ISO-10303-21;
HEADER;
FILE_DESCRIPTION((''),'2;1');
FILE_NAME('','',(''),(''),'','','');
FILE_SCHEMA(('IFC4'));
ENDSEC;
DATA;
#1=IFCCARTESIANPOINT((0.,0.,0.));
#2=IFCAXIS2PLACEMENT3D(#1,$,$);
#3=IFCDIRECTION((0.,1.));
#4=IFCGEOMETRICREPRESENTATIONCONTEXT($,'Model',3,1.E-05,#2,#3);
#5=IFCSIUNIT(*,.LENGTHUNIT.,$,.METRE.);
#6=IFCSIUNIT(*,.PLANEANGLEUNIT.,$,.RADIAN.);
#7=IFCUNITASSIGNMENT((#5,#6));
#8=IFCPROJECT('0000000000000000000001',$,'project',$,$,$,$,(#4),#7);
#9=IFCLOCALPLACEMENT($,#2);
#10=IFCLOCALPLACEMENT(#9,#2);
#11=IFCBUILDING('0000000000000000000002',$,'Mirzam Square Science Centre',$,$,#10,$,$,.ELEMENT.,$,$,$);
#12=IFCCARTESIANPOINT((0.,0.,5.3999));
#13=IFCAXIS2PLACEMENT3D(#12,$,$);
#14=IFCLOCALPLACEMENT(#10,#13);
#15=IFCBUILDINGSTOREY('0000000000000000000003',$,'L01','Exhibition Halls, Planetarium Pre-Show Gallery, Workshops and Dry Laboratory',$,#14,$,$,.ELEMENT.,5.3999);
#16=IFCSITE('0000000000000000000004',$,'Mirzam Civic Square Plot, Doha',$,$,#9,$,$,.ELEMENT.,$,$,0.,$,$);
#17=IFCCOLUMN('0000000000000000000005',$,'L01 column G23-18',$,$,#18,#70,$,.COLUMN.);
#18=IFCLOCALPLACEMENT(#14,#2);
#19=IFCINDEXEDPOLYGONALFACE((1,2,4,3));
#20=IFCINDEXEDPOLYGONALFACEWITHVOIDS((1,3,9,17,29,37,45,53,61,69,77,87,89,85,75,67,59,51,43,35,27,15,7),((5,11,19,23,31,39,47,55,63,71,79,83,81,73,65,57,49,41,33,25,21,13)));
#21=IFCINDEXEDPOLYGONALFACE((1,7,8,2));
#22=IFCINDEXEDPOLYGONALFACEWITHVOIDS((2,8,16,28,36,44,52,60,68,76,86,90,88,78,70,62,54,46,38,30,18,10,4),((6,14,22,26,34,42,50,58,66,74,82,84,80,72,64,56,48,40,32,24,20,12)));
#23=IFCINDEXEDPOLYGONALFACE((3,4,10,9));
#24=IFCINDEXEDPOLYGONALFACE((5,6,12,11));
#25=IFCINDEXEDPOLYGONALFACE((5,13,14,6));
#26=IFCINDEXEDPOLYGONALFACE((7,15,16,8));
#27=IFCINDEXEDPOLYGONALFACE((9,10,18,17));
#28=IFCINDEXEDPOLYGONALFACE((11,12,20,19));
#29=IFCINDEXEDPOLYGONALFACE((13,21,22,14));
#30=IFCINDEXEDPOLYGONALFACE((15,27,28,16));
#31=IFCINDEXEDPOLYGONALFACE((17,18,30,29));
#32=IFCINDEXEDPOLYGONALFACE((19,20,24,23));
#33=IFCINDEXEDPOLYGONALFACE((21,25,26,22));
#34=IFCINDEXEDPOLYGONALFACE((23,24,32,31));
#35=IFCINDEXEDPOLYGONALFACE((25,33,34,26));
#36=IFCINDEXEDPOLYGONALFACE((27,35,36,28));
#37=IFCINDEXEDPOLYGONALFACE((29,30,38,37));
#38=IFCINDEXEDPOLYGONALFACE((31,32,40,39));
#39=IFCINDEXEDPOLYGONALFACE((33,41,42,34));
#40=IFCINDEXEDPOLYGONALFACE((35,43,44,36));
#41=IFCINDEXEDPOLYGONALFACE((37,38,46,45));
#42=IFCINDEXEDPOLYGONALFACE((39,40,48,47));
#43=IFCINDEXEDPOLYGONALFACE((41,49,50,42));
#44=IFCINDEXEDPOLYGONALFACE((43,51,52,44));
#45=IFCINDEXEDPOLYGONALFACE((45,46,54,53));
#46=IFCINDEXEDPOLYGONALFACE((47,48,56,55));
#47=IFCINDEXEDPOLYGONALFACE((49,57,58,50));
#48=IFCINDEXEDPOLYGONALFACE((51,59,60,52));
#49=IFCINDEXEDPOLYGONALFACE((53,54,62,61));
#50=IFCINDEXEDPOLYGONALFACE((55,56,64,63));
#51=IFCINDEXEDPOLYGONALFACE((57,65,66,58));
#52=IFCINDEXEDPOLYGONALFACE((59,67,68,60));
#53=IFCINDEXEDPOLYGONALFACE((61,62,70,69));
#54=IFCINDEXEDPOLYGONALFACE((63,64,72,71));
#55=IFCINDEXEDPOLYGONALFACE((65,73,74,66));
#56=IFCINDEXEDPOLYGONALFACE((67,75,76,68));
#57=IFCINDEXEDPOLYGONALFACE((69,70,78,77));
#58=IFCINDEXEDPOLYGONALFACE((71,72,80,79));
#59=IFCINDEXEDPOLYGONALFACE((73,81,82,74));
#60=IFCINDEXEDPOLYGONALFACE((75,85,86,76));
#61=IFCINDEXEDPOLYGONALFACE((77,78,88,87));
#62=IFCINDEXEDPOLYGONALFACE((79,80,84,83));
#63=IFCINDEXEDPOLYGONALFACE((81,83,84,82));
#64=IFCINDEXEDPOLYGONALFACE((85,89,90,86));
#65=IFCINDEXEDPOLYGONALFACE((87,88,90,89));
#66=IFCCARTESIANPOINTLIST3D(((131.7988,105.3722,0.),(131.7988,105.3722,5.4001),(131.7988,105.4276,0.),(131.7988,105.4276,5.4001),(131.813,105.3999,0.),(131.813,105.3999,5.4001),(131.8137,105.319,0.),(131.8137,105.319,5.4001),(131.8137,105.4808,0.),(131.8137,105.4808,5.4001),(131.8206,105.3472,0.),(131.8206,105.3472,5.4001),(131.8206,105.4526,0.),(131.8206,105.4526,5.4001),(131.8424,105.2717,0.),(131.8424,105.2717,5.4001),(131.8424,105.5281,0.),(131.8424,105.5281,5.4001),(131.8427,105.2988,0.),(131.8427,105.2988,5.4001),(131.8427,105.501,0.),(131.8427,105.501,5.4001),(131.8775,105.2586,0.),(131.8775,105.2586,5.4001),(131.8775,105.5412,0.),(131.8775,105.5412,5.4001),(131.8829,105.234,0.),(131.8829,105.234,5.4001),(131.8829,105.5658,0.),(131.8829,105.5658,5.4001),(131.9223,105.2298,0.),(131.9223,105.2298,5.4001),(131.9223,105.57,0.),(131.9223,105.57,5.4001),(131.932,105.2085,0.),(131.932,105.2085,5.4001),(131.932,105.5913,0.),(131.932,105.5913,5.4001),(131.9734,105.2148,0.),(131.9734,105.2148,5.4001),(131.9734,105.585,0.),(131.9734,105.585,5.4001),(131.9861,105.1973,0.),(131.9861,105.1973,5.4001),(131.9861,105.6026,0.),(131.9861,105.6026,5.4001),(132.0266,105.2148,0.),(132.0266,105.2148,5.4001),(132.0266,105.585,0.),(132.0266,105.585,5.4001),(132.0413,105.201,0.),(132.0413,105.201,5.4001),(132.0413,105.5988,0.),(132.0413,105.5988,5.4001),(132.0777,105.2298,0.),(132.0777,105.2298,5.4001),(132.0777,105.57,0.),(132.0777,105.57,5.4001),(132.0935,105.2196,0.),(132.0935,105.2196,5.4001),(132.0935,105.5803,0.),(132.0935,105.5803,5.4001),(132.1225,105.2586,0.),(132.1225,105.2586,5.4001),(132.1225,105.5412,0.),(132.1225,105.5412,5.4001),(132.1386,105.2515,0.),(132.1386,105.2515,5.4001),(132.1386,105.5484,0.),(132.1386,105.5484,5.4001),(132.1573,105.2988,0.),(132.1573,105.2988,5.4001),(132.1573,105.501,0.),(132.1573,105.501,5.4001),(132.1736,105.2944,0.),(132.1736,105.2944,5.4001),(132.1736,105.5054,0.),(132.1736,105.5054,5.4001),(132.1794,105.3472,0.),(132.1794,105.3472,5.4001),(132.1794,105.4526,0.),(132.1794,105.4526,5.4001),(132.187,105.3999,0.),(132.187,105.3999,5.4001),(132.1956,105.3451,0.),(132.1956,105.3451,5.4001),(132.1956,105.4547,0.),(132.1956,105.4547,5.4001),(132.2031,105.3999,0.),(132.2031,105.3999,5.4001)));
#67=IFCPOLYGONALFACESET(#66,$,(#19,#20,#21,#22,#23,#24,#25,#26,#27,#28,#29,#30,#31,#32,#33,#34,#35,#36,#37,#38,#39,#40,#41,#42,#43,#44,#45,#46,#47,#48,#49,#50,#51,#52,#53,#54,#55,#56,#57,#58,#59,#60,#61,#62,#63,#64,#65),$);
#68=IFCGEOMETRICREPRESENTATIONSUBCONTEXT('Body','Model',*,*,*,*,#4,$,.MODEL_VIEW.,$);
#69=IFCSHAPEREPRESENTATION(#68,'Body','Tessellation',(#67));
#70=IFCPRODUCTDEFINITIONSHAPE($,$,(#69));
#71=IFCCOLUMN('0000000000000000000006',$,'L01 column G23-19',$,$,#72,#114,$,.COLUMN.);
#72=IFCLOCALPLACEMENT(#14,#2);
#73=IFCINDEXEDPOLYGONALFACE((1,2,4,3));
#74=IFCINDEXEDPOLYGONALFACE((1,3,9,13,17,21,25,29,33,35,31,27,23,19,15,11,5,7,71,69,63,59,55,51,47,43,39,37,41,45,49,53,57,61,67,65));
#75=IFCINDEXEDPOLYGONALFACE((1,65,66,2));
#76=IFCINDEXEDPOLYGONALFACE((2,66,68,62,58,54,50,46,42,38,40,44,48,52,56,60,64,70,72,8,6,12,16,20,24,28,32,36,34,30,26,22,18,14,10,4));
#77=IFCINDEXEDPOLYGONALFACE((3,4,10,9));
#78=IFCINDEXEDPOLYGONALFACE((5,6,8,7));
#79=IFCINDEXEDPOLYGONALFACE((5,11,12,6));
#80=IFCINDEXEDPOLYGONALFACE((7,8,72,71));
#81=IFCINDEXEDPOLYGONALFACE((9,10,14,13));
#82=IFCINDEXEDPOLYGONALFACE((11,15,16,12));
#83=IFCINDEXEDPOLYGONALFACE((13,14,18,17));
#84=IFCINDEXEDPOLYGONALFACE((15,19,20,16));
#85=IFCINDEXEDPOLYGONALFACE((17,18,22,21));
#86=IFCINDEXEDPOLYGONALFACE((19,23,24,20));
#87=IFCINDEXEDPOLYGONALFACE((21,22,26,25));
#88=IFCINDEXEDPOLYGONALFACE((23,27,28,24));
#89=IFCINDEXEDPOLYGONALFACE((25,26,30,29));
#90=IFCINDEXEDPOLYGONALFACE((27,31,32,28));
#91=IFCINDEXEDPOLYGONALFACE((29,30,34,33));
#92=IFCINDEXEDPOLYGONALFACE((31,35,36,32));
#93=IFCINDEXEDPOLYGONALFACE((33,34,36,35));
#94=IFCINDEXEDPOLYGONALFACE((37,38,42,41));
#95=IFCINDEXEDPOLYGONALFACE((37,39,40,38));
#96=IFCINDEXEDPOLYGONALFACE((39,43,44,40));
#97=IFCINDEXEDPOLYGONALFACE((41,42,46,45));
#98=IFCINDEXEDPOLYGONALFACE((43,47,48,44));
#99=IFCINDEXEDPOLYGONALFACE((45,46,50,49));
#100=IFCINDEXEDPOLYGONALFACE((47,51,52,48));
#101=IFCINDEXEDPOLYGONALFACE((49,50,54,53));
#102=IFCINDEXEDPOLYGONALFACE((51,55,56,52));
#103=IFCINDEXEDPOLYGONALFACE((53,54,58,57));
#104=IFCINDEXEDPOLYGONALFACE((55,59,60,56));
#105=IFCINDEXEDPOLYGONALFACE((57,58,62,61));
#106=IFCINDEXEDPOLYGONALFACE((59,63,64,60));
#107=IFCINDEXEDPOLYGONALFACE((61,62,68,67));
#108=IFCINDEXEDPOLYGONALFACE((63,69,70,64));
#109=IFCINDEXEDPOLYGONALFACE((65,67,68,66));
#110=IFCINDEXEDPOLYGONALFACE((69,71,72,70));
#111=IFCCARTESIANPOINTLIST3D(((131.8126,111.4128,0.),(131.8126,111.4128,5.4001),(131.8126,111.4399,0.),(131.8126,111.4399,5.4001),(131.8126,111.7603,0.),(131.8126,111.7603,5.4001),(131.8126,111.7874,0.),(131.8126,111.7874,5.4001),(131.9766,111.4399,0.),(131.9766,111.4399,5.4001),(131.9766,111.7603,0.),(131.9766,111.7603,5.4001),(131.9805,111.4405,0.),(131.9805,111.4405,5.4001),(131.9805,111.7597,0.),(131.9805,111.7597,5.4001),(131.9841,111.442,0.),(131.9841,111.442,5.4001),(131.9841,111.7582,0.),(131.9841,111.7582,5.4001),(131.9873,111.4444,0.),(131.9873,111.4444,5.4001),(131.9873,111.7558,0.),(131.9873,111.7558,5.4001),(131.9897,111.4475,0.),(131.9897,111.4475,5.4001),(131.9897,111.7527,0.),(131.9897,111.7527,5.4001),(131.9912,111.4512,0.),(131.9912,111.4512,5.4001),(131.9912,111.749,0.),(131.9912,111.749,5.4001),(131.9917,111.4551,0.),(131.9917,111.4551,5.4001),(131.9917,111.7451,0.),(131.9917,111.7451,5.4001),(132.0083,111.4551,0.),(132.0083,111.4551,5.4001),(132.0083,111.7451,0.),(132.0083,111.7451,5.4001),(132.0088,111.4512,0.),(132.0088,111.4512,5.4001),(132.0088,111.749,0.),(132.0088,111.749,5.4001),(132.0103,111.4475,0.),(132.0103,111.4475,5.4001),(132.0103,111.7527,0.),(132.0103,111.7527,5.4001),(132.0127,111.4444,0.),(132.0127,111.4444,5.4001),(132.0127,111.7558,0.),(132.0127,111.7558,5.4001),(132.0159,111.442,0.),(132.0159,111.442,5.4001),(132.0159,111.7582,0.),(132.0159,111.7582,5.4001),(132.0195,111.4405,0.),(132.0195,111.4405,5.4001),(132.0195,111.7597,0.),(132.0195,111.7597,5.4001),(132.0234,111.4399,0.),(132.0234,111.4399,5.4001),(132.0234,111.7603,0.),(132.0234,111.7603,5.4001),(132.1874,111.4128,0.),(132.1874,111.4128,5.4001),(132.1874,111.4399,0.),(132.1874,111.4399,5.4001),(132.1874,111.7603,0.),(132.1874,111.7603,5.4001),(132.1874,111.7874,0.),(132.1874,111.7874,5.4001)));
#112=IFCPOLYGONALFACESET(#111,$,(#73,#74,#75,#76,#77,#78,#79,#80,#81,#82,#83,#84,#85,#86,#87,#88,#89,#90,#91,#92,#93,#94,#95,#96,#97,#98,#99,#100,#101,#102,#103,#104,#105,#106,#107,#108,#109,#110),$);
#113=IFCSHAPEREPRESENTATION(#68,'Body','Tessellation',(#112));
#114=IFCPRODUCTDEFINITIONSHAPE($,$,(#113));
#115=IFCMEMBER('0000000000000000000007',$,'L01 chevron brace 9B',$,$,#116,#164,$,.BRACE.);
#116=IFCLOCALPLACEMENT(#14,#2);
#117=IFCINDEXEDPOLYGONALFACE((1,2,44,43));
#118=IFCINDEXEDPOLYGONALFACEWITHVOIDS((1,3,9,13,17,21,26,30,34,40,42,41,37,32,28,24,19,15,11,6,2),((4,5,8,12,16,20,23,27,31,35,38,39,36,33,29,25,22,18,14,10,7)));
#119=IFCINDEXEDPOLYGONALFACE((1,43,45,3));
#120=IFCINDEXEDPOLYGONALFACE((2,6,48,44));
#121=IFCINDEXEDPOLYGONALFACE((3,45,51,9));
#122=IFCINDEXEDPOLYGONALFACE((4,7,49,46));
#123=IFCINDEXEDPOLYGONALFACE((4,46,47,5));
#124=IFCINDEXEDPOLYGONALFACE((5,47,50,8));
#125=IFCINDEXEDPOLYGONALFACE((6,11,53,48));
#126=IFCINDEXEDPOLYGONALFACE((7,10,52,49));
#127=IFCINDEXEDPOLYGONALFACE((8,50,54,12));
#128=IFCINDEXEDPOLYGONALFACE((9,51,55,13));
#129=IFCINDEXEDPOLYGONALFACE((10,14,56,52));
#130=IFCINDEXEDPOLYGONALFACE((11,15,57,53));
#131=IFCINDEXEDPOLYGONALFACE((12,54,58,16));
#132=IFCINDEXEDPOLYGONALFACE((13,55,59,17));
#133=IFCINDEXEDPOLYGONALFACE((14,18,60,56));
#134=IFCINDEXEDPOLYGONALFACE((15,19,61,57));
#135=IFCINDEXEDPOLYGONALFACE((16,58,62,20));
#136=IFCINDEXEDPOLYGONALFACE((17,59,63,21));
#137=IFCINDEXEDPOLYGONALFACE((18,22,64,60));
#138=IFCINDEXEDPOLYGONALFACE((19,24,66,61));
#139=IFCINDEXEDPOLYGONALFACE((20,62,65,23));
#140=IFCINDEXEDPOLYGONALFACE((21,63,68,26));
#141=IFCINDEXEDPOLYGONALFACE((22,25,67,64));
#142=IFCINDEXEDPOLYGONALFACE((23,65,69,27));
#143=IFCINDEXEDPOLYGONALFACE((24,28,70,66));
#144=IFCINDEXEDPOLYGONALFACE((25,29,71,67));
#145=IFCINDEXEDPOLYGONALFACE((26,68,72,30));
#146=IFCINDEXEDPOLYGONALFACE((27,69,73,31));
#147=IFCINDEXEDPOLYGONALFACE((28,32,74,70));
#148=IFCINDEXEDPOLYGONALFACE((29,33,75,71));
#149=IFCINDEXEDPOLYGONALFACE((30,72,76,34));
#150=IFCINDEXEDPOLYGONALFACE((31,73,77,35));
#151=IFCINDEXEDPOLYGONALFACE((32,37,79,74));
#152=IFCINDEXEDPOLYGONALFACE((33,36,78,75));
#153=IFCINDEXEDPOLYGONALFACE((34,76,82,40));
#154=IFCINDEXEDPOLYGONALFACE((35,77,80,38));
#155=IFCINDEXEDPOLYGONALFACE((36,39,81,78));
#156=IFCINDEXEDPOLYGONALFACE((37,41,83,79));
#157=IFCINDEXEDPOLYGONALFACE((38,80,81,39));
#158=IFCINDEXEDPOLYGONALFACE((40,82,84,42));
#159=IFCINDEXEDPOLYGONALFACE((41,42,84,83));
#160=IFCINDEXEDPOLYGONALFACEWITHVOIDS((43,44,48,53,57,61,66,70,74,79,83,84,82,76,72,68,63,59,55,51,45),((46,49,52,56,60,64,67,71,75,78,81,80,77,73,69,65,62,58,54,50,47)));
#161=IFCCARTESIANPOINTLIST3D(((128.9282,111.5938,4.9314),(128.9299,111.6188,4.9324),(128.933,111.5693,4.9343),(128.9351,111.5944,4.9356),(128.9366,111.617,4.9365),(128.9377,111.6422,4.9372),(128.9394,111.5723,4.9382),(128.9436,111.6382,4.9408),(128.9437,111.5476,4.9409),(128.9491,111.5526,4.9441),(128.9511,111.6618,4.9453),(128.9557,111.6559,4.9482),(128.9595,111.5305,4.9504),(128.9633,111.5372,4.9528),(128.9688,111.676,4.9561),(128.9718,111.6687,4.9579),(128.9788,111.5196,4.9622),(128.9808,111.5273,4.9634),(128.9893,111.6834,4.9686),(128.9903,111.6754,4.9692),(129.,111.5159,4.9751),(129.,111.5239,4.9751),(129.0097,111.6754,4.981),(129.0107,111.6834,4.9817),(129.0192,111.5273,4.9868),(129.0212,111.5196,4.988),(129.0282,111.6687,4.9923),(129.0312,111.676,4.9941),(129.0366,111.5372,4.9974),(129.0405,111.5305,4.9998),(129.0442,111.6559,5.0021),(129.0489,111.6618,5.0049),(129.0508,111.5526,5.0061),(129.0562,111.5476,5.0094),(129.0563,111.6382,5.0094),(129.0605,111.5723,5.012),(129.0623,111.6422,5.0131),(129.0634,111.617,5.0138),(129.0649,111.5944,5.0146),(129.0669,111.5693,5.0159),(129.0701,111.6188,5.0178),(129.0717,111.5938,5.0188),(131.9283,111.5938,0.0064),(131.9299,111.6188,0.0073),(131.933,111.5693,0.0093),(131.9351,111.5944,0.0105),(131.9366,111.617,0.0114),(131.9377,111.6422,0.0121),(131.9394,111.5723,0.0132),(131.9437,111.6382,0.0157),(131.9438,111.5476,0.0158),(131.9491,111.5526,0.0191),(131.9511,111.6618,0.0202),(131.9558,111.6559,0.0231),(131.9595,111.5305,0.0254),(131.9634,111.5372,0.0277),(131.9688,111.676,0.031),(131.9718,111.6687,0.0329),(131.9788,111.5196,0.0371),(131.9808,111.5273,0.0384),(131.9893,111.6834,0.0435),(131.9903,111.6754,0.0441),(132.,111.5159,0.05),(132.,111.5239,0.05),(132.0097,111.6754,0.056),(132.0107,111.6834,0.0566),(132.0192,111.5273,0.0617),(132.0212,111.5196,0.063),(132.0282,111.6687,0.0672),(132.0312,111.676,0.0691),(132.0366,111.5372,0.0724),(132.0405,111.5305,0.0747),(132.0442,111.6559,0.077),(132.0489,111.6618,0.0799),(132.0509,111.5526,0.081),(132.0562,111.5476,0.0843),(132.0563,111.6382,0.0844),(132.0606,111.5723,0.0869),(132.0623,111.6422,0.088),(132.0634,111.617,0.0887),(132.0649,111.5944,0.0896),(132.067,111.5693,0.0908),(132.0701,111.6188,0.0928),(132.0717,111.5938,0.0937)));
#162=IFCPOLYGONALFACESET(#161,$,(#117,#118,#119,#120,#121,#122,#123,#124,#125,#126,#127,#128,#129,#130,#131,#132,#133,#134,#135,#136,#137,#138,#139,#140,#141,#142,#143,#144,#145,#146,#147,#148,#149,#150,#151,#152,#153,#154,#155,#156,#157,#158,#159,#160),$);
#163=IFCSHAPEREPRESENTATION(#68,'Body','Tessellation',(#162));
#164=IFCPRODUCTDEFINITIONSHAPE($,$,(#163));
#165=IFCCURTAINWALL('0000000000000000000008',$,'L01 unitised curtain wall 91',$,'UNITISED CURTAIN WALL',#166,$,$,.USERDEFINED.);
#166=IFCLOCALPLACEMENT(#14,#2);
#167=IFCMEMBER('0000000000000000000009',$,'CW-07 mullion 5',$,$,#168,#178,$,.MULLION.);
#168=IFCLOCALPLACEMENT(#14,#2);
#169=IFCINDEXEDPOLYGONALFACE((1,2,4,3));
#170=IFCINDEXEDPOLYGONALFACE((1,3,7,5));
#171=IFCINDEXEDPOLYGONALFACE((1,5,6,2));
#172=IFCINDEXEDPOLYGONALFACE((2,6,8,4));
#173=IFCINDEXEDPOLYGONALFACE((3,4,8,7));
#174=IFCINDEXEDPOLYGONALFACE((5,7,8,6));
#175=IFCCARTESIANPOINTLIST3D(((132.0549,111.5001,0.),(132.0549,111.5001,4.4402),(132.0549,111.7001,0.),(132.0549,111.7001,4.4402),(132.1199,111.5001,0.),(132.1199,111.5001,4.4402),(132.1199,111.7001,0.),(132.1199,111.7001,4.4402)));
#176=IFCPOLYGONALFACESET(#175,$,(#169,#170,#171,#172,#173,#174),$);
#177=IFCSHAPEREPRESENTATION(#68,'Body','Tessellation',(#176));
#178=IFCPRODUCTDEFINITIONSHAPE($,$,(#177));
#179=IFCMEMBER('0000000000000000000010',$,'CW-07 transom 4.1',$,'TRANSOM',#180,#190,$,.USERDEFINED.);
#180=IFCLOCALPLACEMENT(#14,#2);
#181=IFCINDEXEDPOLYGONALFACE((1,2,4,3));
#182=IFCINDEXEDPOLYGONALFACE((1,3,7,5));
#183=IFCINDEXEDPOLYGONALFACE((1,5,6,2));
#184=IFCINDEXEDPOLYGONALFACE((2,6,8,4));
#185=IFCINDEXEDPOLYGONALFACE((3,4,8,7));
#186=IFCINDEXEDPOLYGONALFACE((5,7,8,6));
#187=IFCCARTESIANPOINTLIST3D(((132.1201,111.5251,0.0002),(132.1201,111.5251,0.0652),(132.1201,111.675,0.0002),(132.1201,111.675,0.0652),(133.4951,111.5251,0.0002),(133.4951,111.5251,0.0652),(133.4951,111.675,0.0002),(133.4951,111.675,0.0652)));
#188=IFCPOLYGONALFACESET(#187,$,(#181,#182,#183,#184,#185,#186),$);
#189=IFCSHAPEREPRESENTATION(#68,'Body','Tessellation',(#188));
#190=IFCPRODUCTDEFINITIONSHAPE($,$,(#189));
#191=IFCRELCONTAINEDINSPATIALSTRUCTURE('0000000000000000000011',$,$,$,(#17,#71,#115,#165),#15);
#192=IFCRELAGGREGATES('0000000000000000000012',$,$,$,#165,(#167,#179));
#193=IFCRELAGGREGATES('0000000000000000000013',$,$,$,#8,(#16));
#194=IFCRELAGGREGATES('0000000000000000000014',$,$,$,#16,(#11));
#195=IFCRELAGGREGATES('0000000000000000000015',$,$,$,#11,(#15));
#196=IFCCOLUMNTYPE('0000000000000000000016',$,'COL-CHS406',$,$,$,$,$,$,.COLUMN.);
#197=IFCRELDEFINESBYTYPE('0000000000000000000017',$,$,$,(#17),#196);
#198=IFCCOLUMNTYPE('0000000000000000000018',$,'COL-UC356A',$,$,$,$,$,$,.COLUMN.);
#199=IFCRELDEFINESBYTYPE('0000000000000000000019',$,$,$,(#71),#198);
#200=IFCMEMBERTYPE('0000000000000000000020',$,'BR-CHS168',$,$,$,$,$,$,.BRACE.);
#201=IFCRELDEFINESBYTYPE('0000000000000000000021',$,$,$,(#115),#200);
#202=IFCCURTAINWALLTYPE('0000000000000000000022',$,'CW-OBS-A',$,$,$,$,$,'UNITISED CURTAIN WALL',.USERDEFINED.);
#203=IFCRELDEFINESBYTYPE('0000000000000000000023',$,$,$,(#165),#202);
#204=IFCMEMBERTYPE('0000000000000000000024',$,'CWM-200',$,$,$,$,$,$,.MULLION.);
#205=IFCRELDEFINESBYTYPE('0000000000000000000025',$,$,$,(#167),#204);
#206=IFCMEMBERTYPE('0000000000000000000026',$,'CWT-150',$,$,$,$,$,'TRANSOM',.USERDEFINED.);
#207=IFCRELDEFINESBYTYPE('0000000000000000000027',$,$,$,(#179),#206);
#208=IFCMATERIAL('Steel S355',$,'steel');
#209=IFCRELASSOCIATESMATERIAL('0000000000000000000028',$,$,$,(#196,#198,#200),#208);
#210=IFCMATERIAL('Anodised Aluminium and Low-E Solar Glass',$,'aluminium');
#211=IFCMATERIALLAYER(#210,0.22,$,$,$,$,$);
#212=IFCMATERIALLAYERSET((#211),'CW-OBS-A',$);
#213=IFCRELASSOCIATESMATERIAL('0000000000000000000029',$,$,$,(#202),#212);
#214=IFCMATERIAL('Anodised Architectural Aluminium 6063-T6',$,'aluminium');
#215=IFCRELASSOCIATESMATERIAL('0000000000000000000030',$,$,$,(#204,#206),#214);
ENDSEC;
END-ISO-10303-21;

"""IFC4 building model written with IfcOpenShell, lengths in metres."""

from ifc_helpers import new_model, si_unit, direction, frame, origin, origin_2d, place, context, subcontext, project, spatial, rectangle, hollow_circle, i_section, extrude, material, layer, layer_set, material_profile, profile_set, type_object, element, aggregate, save


model = new_model("IFC4")

# Units and contexts
model_context = context("Model", 3, precision=1e-05, world=origin(), true_north=direction((0.0, 1.0)))
body_context = subcontext(model_context, "Body", "Model", "MODEL_VIEW")
ifc_project = project(units=[si_unit("LENGTHUNIT", "METRE"), si_unit("PLANEANGLEUNIT", "RADIAN")], contexts=[model_context])

# Site, building, storey
site_placement = place(None, origin())
site = spatial("IfcSite", under=ifc_project, at=site_placement, Name="Mirzam Civic Square Plot, Doha", CompositionType="ELEMENT", RefElevation=0.0)
building_placement = place(site_placement, origin())
building = spatial("IfcBuilding", under=site, at=building_placement, Name="Mirzam Square Science Centre", CompositionType="ELEMENT")
storey_placement = place(building_placement, frame((0.0, 0.0, 5.3999)))
storey = spatial("IfcBuildingStorey", under=building, at=storey_placement, Name="L01", Description="Exhibition Halls, Planetarium Pre-Show Gallery, Workshops and Dry Laboratory", CompositionType="ELEMENT", Elevation=5.3999)

# Columns
ifc_material_1 = material(Name="Steel S355", Category="steel")
ifc_material_profile_1 = material_profile(ifc_material_1, hollow_circle(Radius=0.2031, WallThickness=0.0161, at=origin_2d()), Name="406.4x16.0CHS")
ifc_profile_set_1 = profile_set([ifc_material_profile_1], Name="Steel S355")
column_type_1 = type_object("IfcColumnType", Name="COL-CHS406", PredefinedType="COLUMN", material=ifc_profile_set_1)
column_1_placement = place(storey_placement, frame((132.0, 105.3999, 0.0), z_axis=(0.0, 0.0, 1.0), x_axis=(1.0, 0.0, 0.0)))
element("IfcColumn", 1, at=column_1_placement, inside=storey, type_object=column_type_1, Name="L01 column G23-18", PredefinedType="COLUMN", context=body_context, shape_type="SweptSolid", body=[
    extrude(hollow_circle(Radius=0.2031, WallThickness=0.0161, at=origin_2d()), origin(), (0.0, 0.0, 1.0), 5.4001),
])
ifc_material_profile_2 = material_profile(ifc_material_1, i_section(OverallWidth=0.3748, OverallDepth=0.3745, WebThickness=0.0166, FlangeThickness=0.0271, FilletRadius=0.0151, at=origin_2d()), Name="356x368x202UC")
ifc_profile_set_2 = profile_set([ifc_material_profile_2], Name="Steel S355")
column_type_2 = type_object("IfcColumnType", Name="COL-UC356A", PredefinedType="COLUMN", material=ifc_profile_set_2)
column_2_placement = place(storey_placement, frame((132.0, 111.6001, 0.0), z_axis=(0.0, 0.0, 1.0), x_axis=(1.0, 0.0, 0.0)))
element("IfcColumn", 2, at=column_2_placement, inside=storey, type_object=column_type_2, Name="L01 column G23-19", PredefinedType="COLUMN", context=body_context, shape_type="SweptSolid", body=[
    extrude(i_section(OverallWidth=0.3748, OverallDepth=0.3745, WebThickness=0.0166, FlangeThickness=0.0271, FilletRadius=0.0151, at=origin_2d()), origin(), (0.0, 0.0, 1.0), 5.4001),
])

# Member
ifc_material_profile_3 = material_profile(ifc_material_1, hollow_circle(Radius=0.0842, WallThickness=0.0081, at=origin_2d()), Name="168.3x8.0CHS")
ifc_profile_set_3 = profile_set([ifc_material_profile_3], Name="Steel S355")
member_type_1 = type_object("IfcMemberType", Name="BR-CHS168", PredefinedType="BRACE", material=ifc_profile_set_3)
member_1_placement = place(storey_placement, frame((132.0, 111.6001, 0.05), z_axis=(-0.520218, 0.0, 0.854033), x_axis=(0.0, -1.0, 0.0)))
element("IfcMember", 3, at=member_1_placement, inside=storey, type_object=member_type_1, Name="L01 chevron brace 9B", PredefinedType="BRACE", context=body_context, shape_type="SweptSolid", body=[
    extrude(hollow_circle(Radius=0.0842, WallThickness=0.0081, at=origin_2d()), origin(), (0.0, 0.0, 1.0), 5.7668),
])

# Curtain wall, members
ifc_material_2 = material(Name="Anodised Aluminium and Low-E Solar Glass", Category="aluminium")
ifc_layer_1 = layer(ifc_material_2, 0.22)
ifc_layer_set_1 = layer_set([ifc_layer_1], Name="CW-OBS-A")
curtain_wall_type = type_object("IfcCurtainWallType", Name="CW-OBS-A", ElementType="UNITISED CURTAIN WALL", PredefinedType="USERDEFINED", material=ifc_layer_set_1)
curtain_wall_placement = place(storey_placement, origin())
curtain_wall = element("IfcCurtainWall", 4, at=curtain_wall_placement, inside=storey, type_object=curtain_wall_type, Name="L01 unitised curtain wall 91", ObjectType="UNITISED CURTAIN WALL", PredefinedType="USERDEFINED")
ifc_material_3 = material(Name="Anodised Architectural Aluminium 6063-T6", Category="aluminium")
ifc_material_profile_4 = material_profile(ifc_material_3, rectangle(XDim=0.0649, YDim=0.2, at=origin_2d()), Name="ALU-MULL-200x65x5")
ifc_profile_set_4 = profile_set([ifc_material_profile_4], Name="Anodised Architectural Aluminium 6063-T6")
member_type_2 = type_object("IfcMemberType", Name="CWM-200", PredefinedType="MULLION", material=ifc_profile_set_4)
member_2_placement = place(storey_placement, frame((132.0874, 111.6001, 0.0), z_axis=(0.0, 0.0, 1.0), x_axis=(-1.0, 0.0, 0.0)))
member_2 = element("IfcMember", 5, at=member_2_placement, type_object=member_type_2, Name="CW-07 mullion 5", PredefinedType="MULLION", context=body_context, shape_type="SweptSolid", body=[
    extrude(rectangle(XDim=0.0649, YDim=0.2, at=origin_2d()), origin(), (0.0, 0.0, 1.0), 4.4402),
])
ifc_material_profile_5 = material_profile(ifc_material_3, rectangle(XDim=0.1499, YDim=0.0649, at=origin_2d()), Name="ALU-TRAN-150x65x4")
ifc_profile_set_5 = profile_set([ifc_material_profile_5], Name="Anodised Architectural Aluminium 6063-T6")
member_type_3 = type_object("IfcMemberType", Name="CWT-150", ElementType="TRANSOM", PredefinedType="USERDEFINED", material=ifc_profile_set_5)
member_3_placement = place(storey_placement, frame((133.4951, 111.6001, 0.0327), z_axis=(-1.0, 0.0, 0.0), x_axis=(0.0, -1.0, 0.0)))
member_3 = element("IfcMember", 6, at=member_3_placement, type_object=member_type_3, Name="CW-07 transom 4.1", ObjectType="TRANSOM", PredefinedType="USERDEFINED", context=body_context, shape_type="SweptSolid", body=[
    extrude(rectangle(XDim=0.1499, YDim=0.0649, at=origin_2d()), origin(), (0.0, 0.0, 1.0), 1.375),
])

aggregate(curtain_wall, [member_2, member_3])

save(model, "model.ifc")
